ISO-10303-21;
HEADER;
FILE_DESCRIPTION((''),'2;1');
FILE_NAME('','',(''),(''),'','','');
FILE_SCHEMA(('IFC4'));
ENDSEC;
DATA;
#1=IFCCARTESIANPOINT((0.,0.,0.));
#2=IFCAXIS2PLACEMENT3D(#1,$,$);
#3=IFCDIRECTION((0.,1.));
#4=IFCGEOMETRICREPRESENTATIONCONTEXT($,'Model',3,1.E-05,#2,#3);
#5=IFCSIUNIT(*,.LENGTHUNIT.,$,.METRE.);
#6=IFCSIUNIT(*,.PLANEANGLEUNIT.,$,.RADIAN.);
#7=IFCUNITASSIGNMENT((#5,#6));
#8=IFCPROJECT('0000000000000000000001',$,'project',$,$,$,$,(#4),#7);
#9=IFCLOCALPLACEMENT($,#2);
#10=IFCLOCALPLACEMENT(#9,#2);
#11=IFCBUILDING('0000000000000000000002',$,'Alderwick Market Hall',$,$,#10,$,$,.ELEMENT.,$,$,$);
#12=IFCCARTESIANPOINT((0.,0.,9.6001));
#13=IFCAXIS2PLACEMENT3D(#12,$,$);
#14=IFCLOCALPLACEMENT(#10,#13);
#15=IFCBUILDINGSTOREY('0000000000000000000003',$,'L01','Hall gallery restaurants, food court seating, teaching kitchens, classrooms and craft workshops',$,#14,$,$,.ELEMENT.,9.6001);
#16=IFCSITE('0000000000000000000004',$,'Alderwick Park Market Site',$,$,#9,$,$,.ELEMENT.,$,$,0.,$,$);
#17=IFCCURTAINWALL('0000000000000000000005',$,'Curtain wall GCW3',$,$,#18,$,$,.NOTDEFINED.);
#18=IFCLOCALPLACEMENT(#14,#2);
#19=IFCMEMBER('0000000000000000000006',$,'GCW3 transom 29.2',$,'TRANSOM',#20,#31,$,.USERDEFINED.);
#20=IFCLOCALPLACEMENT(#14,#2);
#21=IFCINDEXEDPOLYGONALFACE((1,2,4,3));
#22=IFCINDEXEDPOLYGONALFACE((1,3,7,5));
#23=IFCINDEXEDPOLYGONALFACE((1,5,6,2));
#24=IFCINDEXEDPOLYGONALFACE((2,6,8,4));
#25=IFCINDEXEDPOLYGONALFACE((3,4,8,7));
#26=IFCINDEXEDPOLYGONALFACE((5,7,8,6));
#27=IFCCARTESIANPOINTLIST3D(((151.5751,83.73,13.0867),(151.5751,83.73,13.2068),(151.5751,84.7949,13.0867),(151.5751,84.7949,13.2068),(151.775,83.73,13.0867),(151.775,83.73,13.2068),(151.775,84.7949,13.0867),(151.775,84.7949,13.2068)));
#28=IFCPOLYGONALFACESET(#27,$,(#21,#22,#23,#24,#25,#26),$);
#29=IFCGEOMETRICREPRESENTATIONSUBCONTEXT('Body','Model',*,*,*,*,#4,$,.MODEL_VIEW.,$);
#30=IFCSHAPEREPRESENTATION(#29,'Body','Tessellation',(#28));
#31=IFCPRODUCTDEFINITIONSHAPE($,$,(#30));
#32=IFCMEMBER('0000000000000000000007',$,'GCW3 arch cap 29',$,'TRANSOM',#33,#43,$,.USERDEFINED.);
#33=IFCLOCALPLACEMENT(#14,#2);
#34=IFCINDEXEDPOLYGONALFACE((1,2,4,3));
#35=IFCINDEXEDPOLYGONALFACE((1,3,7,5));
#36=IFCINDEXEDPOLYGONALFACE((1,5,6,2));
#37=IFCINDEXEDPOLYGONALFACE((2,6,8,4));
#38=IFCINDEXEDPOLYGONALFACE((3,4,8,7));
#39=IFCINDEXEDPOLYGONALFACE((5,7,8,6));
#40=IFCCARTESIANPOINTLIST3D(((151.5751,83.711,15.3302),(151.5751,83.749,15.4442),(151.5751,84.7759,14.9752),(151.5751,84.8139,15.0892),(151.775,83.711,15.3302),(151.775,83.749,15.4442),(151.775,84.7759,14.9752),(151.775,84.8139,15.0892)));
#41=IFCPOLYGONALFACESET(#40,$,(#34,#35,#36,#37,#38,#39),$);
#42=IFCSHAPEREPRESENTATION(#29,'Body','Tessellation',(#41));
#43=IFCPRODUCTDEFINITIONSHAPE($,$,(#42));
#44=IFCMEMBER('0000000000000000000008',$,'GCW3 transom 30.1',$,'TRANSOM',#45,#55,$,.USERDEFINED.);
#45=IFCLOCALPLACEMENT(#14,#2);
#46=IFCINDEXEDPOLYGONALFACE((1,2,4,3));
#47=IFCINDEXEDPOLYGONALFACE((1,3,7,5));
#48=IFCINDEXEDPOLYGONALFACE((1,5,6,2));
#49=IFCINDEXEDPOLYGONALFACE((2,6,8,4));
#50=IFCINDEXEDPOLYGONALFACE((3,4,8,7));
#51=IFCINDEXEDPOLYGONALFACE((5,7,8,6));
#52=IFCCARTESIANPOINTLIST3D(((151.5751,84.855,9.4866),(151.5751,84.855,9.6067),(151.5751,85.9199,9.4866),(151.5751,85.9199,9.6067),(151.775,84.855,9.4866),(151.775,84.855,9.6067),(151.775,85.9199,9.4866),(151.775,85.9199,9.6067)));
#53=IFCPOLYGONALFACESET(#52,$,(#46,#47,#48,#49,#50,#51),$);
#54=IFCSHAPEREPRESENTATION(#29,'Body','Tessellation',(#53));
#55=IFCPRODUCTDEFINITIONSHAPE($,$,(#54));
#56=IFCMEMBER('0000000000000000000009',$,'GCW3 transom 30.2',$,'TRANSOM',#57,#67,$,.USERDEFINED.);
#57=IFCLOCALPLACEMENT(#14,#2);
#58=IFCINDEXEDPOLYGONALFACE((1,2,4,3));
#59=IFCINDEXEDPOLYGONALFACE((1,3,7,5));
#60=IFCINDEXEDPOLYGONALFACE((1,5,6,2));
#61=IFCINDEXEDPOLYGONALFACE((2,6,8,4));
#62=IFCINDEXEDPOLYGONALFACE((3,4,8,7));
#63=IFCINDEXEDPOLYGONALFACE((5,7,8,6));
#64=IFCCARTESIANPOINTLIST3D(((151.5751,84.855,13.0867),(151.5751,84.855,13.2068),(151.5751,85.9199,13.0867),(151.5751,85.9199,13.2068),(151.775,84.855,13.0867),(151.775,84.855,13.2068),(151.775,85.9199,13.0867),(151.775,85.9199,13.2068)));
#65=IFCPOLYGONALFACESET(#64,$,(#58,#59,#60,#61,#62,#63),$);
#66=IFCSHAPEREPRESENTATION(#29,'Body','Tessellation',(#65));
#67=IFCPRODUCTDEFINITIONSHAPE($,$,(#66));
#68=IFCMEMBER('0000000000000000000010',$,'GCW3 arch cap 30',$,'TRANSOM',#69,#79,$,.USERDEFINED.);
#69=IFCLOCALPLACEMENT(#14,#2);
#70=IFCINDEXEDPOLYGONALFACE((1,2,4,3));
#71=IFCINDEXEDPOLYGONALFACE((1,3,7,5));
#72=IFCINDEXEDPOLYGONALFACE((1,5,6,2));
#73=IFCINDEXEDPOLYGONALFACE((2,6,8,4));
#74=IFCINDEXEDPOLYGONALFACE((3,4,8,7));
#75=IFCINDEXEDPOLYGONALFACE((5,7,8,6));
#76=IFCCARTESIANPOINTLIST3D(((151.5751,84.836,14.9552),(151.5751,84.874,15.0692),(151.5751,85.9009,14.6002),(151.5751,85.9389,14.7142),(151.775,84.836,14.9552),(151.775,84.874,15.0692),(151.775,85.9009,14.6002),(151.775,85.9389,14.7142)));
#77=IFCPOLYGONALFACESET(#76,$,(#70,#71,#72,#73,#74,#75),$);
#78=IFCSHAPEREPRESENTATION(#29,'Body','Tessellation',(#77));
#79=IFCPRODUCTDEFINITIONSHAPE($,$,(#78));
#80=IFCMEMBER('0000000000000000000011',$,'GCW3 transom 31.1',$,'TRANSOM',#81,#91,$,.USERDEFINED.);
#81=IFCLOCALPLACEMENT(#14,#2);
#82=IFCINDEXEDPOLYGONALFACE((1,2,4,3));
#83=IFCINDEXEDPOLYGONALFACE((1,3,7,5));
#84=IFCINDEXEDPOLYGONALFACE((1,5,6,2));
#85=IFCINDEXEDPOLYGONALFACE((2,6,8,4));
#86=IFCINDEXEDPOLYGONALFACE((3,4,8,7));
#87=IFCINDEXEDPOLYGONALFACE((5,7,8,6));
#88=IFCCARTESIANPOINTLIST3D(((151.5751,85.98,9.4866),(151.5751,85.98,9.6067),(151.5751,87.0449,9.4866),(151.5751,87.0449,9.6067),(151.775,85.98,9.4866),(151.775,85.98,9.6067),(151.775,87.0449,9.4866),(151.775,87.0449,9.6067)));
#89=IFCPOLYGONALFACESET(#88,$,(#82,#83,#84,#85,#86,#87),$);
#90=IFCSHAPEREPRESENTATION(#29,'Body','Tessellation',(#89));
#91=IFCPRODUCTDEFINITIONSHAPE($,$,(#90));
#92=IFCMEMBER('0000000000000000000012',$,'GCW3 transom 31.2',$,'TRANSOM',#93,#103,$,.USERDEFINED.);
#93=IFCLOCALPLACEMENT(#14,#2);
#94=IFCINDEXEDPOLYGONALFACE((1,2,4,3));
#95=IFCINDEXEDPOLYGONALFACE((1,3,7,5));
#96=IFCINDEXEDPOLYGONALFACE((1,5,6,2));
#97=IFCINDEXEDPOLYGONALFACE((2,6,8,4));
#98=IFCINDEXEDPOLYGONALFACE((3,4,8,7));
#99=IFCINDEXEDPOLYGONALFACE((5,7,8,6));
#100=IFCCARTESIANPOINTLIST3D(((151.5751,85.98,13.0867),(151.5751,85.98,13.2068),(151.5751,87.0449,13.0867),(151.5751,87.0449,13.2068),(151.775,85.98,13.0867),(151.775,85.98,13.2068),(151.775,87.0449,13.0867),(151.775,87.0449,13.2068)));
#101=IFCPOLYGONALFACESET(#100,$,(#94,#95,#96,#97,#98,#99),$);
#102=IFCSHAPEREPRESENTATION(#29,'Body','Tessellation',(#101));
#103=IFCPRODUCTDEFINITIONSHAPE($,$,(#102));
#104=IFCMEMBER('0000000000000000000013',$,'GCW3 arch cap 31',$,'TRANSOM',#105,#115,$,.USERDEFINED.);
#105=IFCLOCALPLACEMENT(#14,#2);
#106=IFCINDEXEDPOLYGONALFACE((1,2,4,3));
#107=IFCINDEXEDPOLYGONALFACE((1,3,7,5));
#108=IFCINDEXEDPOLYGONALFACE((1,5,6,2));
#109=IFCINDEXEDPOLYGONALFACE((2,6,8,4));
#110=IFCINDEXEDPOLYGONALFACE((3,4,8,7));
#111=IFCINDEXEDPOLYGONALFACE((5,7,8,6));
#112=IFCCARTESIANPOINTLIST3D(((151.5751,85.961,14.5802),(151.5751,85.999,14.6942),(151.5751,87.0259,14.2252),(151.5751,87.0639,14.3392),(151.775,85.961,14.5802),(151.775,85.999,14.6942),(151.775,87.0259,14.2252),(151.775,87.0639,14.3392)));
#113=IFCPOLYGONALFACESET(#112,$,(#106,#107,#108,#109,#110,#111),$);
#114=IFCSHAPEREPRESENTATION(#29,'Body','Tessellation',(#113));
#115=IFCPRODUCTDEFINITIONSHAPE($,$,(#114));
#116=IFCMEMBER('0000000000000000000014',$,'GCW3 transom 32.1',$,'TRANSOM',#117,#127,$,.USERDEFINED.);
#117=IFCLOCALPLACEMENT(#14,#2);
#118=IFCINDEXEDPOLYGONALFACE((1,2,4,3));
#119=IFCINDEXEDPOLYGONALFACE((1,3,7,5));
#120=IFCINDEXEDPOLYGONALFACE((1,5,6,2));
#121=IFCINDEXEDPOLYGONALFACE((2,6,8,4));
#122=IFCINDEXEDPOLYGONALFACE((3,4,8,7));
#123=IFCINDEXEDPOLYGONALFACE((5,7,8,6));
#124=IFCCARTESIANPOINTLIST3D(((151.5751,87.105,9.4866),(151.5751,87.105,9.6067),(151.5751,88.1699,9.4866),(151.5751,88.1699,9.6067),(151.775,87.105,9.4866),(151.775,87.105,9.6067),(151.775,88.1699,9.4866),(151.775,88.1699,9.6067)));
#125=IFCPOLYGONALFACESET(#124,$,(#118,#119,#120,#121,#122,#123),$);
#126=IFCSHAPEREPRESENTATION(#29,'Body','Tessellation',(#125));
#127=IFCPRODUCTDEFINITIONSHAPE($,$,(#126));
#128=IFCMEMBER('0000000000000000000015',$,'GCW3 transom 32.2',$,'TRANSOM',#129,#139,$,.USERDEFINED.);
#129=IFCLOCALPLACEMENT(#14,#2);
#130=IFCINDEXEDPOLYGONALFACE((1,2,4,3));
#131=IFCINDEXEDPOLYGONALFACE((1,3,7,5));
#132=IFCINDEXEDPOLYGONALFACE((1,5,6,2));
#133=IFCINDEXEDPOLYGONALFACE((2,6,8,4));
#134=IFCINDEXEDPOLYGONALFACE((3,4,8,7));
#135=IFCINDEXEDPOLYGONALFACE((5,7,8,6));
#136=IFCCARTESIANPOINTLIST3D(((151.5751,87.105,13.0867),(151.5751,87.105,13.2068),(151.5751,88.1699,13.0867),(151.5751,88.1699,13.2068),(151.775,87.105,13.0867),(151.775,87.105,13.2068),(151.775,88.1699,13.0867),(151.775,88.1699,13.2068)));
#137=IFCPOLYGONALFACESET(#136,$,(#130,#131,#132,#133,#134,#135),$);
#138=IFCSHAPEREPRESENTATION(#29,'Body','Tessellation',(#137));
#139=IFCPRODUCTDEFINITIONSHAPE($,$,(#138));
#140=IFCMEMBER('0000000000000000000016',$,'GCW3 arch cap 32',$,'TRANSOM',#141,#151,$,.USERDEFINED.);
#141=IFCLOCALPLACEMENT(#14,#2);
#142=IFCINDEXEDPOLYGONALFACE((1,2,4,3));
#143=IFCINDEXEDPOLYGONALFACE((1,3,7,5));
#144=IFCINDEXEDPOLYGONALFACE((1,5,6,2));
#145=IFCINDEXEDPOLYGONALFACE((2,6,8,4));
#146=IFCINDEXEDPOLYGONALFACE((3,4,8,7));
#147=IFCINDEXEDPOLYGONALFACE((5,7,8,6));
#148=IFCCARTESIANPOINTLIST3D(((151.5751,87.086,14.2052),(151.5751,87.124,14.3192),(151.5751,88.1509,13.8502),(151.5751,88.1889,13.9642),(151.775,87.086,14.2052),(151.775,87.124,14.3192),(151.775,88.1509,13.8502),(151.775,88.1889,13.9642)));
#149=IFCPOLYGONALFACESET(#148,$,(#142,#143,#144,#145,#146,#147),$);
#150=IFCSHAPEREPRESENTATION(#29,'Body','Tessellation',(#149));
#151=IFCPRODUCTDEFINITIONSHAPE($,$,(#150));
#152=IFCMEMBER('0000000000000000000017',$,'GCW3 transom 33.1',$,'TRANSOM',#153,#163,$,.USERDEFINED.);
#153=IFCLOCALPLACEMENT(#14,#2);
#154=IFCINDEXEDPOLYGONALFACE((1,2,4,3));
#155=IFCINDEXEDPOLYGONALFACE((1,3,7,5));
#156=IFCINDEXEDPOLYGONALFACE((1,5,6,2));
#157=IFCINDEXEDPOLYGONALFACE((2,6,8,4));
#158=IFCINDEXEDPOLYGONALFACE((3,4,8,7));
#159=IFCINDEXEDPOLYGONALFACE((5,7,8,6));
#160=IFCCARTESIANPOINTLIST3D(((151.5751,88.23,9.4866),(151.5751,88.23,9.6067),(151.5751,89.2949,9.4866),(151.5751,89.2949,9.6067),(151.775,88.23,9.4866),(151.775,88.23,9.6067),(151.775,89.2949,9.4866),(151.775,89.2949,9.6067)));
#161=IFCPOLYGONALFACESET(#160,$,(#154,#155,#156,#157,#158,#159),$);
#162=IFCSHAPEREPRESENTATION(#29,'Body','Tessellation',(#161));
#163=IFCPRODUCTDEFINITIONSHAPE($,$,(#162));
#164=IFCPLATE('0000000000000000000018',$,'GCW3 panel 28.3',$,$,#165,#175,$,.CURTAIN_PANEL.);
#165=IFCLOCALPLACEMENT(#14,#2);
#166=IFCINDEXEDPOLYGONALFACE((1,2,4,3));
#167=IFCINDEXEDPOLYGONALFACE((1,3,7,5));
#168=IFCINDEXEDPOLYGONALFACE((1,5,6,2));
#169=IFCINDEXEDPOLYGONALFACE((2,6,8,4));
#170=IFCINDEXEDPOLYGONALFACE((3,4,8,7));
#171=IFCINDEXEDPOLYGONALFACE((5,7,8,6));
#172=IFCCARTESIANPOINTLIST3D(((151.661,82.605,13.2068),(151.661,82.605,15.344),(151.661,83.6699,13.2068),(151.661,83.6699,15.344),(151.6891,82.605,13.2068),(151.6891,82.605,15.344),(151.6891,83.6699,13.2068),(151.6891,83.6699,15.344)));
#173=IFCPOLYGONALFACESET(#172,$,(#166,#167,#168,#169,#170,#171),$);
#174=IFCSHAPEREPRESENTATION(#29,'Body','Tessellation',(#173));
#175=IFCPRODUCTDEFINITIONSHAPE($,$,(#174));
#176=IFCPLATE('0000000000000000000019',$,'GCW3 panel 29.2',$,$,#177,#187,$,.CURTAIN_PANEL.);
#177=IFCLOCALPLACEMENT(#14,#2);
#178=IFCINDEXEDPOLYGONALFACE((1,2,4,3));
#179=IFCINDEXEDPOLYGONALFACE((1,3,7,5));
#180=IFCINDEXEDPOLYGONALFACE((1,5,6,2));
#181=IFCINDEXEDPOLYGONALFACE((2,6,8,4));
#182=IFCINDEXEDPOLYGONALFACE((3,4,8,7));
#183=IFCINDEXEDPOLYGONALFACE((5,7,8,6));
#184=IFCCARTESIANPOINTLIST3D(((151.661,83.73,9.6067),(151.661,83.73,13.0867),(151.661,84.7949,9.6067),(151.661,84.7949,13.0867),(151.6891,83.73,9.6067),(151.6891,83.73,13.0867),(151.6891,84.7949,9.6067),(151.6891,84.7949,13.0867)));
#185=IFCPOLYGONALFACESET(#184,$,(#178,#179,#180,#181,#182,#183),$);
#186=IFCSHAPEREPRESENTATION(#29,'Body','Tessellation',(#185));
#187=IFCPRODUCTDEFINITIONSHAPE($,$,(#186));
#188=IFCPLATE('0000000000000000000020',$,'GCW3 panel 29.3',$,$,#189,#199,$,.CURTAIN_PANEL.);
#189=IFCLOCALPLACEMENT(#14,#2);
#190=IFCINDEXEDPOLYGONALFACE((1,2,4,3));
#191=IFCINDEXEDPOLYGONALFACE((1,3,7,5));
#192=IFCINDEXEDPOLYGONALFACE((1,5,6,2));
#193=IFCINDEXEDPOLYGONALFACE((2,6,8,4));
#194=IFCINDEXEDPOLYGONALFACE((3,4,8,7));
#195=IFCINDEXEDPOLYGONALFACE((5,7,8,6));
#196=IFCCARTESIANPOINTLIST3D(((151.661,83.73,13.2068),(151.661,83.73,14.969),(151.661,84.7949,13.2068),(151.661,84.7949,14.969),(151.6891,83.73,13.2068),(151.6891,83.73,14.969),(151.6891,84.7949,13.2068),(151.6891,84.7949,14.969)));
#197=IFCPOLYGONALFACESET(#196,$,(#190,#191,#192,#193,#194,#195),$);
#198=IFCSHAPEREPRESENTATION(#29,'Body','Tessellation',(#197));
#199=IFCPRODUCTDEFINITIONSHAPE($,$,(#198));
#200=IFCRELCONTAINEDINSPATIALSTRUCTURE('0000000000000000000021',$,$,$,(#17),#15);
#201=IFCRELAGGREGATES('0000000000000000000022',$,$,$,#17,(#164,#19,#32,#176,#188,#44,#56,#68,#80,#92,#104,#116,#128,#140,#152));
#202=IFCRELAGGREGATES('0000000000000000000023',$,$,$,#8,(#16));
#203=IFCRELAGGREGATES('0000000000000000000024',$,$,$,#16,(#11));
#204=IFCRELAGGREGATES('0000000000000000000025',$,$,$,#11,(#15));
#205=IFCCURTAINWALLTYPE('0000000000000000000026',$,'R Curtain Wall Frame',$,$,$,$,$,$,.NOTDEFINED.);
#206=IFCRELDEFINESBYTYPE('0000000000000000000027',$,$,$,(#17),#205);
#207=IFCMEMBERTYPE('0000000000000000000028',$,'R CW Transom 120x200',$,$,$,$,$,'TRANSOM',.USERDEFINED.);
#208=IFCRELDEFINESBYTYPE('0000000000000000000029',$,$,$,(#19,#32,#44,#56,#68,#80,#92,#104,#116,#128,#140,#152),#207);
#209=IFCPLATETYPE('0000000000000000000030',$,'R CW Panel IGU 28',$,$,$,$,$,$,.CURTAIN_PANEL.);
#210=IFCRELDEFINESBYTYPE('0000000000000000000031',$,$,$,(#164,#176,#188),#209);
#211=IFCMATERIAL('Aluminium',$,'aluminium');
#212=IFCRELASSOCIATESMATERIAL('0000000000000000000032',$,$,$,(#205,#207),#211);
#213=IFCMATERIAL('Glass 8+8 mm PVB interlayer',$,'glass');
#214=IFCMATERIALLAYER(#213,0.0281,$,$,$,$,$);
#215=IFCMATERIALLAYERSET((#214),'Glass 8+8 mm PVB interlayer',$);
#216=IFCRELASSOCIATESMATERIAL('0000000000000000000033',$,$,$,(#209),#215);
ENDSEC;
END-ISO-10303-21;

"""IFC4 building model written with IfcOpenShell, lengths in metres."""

from ifc_helpers import new_model, si_unit, direction, frame, origin, origin_2d, place, context, subcontext, project, spatial, rectangle, extrude, material, layer, layer_set, material_profile, profile_set, type_object, element, aggregate, save


model = new_model("IFC4")

# Units and contexts
model_context = context("Model", 3, precision=1e-05, world=origin(), true_north=direction((0.0, 1.0)))
body_context = subcontext(model_context, "Body", "Model", "MODEL_VIEW")
ifc_project = project(units=[si_unit("LENGTHUNIT", "METRE"), si_unit("PLANEANGLEUNIT", "RADIAN")], contexts=[model_context])

# Site, building, storey
site_placement = place(None, origin())
site = spatial("IfcSite", under=ifc_project, at=site_placement, Name="Alderwick Park Market Site", CompositionType="ELEMENT", RefElevation=0.0)
building_placement = place(site_placement, origin())
building = spatial("IfcBuilding", under=site, at=building_placement, Name="Alderwick Market Hall", CompositionType="ELEMENT")
storey_placement = place(building_placement, frame((0.0, 0.0, 9.6001)))
storey = spatial("IfcBuildingStorey", under=building, at=storey_placement, Name="L01", Description="Hall gallery restaurants, food court seating, teaching kitchens, classrooms and craft workshops", CompositionType="ELEMENT", Elevation=9.6001)

# Curtain wall, members, plates
ifc_material_1 = material(Name="Aluminium", Category="aluminium")
curtain_wall_type = type_object("IfcCurtainWallType", Name="R Curtain Wall Frame", PredefinedType="NOTDEFINED", material=ifc_material_1)
curtain_wall_placement = place(storey_placement, origin())
curtain_wall = element("IfcCurtainWall", 1, at=curtain_wall_placement, inside=storey, type_object=curtain_wall_type, Name="Curtain wall GCW3", PredefinedType="NOTDEFINED")
ifc_material_profile = material_profile(ifc_material_1, rectangle(XDim=0.2, YDim=0.1201, at=origin_2d()), Name="AL 120x200")
ifc_profile_set = profile_set([ifc_material_profile], Name="Aluminium")
member_type = type_object("IfcMemberType", Name="R CW Transom 120x200", ElementType="TRANSOM", PredefinedType="USERDEFINED", material=ifc_profile_set)
member_1_placement = place(storey_placement, frame((151.675, 83.73, 13.1467), z_axis=(0.0, 1.0, 0.0), x_axis=(-1.0, 0.0, 0.0)))
member_1 = element("IfcMember", 2, at=member_1_placement, type_object=member_type, Name="GCW3 transom 29.2", ObjectType="TRANSOM", PredefinedType="USERDEFINED", context=body_context, shape_type="SweptSolid", body=[
    extrude(rectangle(XDim=0.2, YDim=0.1201, at=origin_2d()), origin(), (0.0, 0.0, 1.0), 1.0649),
])
member_2_placement = place(storey_placement, frame((151.675, 83.73, 15.3872), z_axis=(0.0, 0.948683, -0.316228), x_axis=(-1.0, 0.0, 0.0)))
member_2 = element("IfcMember", 3, at=member_2_placement, type_object=member_type, Name="GCW3 arch cap 29", ObjectType="TRANSOM", PredefinedType="USERDEFINED", context=body_context, shape_type="SweptSolid", body=[
    extrude(rectangle(XDim=0.2, YDim=0.1201, at=origin_2d()), origin(), (0.0, 0.0, 1.0), 1.1226),
])
member_3_placement = place(storey_placement, frame((151.675, 84.855, 9.5466), z_axis=(0.0, 1.0, 0.0), x_axis=(-1.0, 0.0, 0.0)))
member_3 = element("IfcMember", 4, at=member_3_placement, type_object=member_type, Name="GCW3 transom 30.1", ObjectType="TRANSOM", PredefinedType="USERDEFINED", context=body_context, shape_type="SweptSolid", body=[
    extrude(rectangle(XDim=0.2, YDim=0.1201, at=origin_2d()), origin(), (0.0, 0.0, 1.0), 1.0649),
])
member_4_placement = place(storey_placement, frame((151.675, 84.855, 13.1467), z_axis=(0.0, 1.0, 0.0), x_axis=(-1.0, 0.0, 0.0)))
member_4 = element("IfcMember", 5, at=member_4_placement, type_object=member_type, Name="GCW3 transom 30.2", ObjectType="TRANSOM", PredefinedType="USERDEFINED", context=body_context, shape_type="SweptSolid", body=[
    extrude(rectangle(XDim=0.2, YDim=0.1201, at=origin_2d()), origin(), (0.0, 0.0, 1.0), 1.0649),
])
member_5_placement = place(storey_placement, frame((151.675, 84.855, 15.0122), z_axis=(0.0, 0.948683, -0.316228), x_axis=(-1.0, 0.0, 0.0)))
member_5 = element("IfcMember", 6, at=member_5_placement, type_object=member_type, Name="GCW3 arch cap 30", ObjectType="TRANSOM", PredefinedType="USERDEFINED", context=body_context, shape_type="SweptSolid", body=[
    extrude(rectangle(XDim=0.2, YDim=0.1201, at=origin_2d()), origin(), (0.0, 0.0, 1.0), 1.1226),
])
member_6_placement = place(storey_placement, frame((151.675, 85.98, 9.5466), z_axis=(0.0, 1.0, 0.0), x_axis=(-1.0, 0.0, 0.0)))
member_6 = element("IfcMember", 7, at=member_6_placement, type_object=member_type, Name="GCW3 transom 31.1", ObjectType="TRANSOM", PredefinedType="USERDEFINED", context=body_context, shape_type="SweptSolid", body=[
    extrude(rectangle(XDim=0.2, YDim=0.1201, at=origin_2d()), origin(), (0.0, 0.0, 1.0), 1.0649),
])
member_7_placement = place(storey_placement, frame((151.675, 85.98, 13.1467), z_axis=(0.0, 1.0, 0.0), x_axis=(-1.0, 0.0, 0.0)))
member_7 = element("IfcMember", 8, at=member_7_placement, type_object=member_type, Name="GCW3 transom 31.2", ObjectType="TRANSOM", PredefinedType="USERDEFINED", context=body_context, shape_type="SweptSolid", body=[
    extrude(rectangle(XDim=0.2, YDim=0.1201, at=origin_2d()), origin(), (0.0, 0.0, 1.0), 1.0649),
])
member_8_placement = place(storey_placement, frame((151.675, 85.98, 14.6372), z_axis=(0.0, 0.948683, -0.316228), x_axis=(-1.0, 0.0, 0.0)))
member_8 = element("IfcMember", 9, at=member_8_placement, type_object=member_type, Name="GCW3 arch cap 31", ObjectType="TRANSOM", PredefinedType="USERDEFINED", context=body_context, shape_type="SweptSolid", body=[
    extrude(rectangle(XDim=0.2, YDim=0.1201, at=origin_2d()), origin(), (0.0, 0.0, 1.0), 1.1226),
])
member_9_placement = place(storey_placement, frame((151.675, 87.105, 9.5466), z_axis=(0.0, 1.0, 0.0), x_axis=(-1.0, 0.0, 0.0)))
member_9 = element("IfcMember", 10, at=member_9_placement, type_object=member_type, Name="GCW3 transom 32.1", ObjectType="TRANSOM", PredefinedType="USERDEFINED", context=body_context, shape_type="SweptSolid", body=[
    extrude(rectangle(XDim=0.2, YDim=0.1201, at=origin_2d()), origin(), (0.0, 0.0, 1.0), 1.0649),
])
member_10_placement = place(storey_placement, frame((151.675, 87.105, 13.1467), z_axis=(0.0, 1.0, 0.0), x_axis=(-1.0, 0.0, 0.0)))
member_10 = element("IfcMember", 11, at=member_10_placement, type_object=member_type, Name="GCW3 transom 32.2", ObjectType="TRANSOM", PredefinedType="USERDEFINED", context=body_context, shape_type="SweptSolid", body=[
    extrude(rectangle(XDim=0.2, YDim=0.1201, at=origin_2d()), origin(), (0.0, 0.0, 1.0), 1.0649),
])
member_11_placement = place(storey_placement, frame((151.675, 87.105, 14.2622), z_axis=(0.0, 0.948683, -0.316228), x_axis=(-1.0, 0.0, 0.0)))
member_11 = element("IfcMember", 12, at=member_11_placement, type_object=member_type, Name="GCW3 arch cap 32", ObjectType="TRANSOM", PredefinedType="USERDEFINED", context=body_context, shape_type="SweptSolid", body=[
    extrude(rectangle(XDim=0.2, YDim=0.1201, at=origin_2d()), origin(), (0.0, 0.0, 1.0), 1.1226),
])
member_12_placement = place(storey_placement, frame((151.675, 88.23, 9.5466), z_axis=(0.0, 1.0, 0.0), x_axis=(-1.0, 0.0, 0.0)))
member_12 = element("IfcMember", 13, at=member_12_placement, type_object=member_type, Name="GCW3 transom 33.1", ObjectType="TRANSOM", PredefinedType="USERDEFINED", context=body_context, shape_type="SweptSolid", body=[
    extrude(rectangle(XDim=0.2, YDim=0.1201, at=origin_2d()), origin(), (0.0, 0.0, 1.0), 1.0649),
])
ifc_material_2 = material(Name="Glass 8+8 mm PVB interlayer", Category="glass")
ifc_layer = layer(ifc_material_2, 0.0281)
ifc_layer_set = layer_set([ifc_layer], Name="Glass 8+8 mm PVB interlayer")
plate_type = type_object("IfcPlateType", Name="R CW Panel IGU 28", PredefinedType="CURTAIN_PANEL", material=ifc_layer_set)
plate_1_placement = place(storey_placement, frame((151.675, 83.1375, 13.2068), z_axis=(0.0, 0.0, 1.0), x_axis=(1.0, 0.0, 0.0)))
plate_1 = element("IfcPlate", 14, at=plate_1_placement, type_object=plate_type, Name="GCW3 panel 28.3", PredefinedType="CURTAIN_PANEL", context=body_context, shape_type="SweptSolid", body=[
    extrude(rectangle(XDim=0.0281, YDim=1.0649, at=origin_2d()), origin(), (0.0, 0.0, 1.0), 2.1372),
])
plate_2_placement = place(storey_placement, frame((151.675, 84.2625, 9.6067), z_axis=(0.0, 0.0, 1.0), x_axis=(1.0, 0.0, 0.0)))
plate_2 = element("IfcPlate", 15, at=plate_2_placement, type_object=plate_type, Name="GCW3 panel 29.2", PredefinedType="CURTAIN_PANEL", context=body_context, shape_type="SweptSolid", body=[
    extrude(rectangle(XDim=0.0281, YDim=1.0649, at=origin_2d()), origin(), (0.0, 0.0, 1.0), 3.48),
])
plate_3_placement = place(storey_placement, frame((151.675, 84.2625, 13.2068), z_axis=(0.0, 0.0, 1.0), x_axis=(1.0, 0.0, 0.0)))
plate_3 = element("IfcPlate", 16, at=plate_3_placement, type_object=plate_type, Name="GCW3 panel 29.3", PredefinedType="CURTAIN_PANEL", context=body_context, shape_type="SweptSolid", body=[
    extrude(rectangle(XDim=0.0281, YDim=1.0649, at=origin_2d()), origin(), (0.0, 0.0, 1.0), 1.7622),
])
aggregate(curtain_wall, [plate_1, member_1, member_2, plate_2, plate_3, member_3, member_4, member_5, member_6, member_7, member_8, member_9, member_10, member_11, member_12])

save(model, "model.ifc")
